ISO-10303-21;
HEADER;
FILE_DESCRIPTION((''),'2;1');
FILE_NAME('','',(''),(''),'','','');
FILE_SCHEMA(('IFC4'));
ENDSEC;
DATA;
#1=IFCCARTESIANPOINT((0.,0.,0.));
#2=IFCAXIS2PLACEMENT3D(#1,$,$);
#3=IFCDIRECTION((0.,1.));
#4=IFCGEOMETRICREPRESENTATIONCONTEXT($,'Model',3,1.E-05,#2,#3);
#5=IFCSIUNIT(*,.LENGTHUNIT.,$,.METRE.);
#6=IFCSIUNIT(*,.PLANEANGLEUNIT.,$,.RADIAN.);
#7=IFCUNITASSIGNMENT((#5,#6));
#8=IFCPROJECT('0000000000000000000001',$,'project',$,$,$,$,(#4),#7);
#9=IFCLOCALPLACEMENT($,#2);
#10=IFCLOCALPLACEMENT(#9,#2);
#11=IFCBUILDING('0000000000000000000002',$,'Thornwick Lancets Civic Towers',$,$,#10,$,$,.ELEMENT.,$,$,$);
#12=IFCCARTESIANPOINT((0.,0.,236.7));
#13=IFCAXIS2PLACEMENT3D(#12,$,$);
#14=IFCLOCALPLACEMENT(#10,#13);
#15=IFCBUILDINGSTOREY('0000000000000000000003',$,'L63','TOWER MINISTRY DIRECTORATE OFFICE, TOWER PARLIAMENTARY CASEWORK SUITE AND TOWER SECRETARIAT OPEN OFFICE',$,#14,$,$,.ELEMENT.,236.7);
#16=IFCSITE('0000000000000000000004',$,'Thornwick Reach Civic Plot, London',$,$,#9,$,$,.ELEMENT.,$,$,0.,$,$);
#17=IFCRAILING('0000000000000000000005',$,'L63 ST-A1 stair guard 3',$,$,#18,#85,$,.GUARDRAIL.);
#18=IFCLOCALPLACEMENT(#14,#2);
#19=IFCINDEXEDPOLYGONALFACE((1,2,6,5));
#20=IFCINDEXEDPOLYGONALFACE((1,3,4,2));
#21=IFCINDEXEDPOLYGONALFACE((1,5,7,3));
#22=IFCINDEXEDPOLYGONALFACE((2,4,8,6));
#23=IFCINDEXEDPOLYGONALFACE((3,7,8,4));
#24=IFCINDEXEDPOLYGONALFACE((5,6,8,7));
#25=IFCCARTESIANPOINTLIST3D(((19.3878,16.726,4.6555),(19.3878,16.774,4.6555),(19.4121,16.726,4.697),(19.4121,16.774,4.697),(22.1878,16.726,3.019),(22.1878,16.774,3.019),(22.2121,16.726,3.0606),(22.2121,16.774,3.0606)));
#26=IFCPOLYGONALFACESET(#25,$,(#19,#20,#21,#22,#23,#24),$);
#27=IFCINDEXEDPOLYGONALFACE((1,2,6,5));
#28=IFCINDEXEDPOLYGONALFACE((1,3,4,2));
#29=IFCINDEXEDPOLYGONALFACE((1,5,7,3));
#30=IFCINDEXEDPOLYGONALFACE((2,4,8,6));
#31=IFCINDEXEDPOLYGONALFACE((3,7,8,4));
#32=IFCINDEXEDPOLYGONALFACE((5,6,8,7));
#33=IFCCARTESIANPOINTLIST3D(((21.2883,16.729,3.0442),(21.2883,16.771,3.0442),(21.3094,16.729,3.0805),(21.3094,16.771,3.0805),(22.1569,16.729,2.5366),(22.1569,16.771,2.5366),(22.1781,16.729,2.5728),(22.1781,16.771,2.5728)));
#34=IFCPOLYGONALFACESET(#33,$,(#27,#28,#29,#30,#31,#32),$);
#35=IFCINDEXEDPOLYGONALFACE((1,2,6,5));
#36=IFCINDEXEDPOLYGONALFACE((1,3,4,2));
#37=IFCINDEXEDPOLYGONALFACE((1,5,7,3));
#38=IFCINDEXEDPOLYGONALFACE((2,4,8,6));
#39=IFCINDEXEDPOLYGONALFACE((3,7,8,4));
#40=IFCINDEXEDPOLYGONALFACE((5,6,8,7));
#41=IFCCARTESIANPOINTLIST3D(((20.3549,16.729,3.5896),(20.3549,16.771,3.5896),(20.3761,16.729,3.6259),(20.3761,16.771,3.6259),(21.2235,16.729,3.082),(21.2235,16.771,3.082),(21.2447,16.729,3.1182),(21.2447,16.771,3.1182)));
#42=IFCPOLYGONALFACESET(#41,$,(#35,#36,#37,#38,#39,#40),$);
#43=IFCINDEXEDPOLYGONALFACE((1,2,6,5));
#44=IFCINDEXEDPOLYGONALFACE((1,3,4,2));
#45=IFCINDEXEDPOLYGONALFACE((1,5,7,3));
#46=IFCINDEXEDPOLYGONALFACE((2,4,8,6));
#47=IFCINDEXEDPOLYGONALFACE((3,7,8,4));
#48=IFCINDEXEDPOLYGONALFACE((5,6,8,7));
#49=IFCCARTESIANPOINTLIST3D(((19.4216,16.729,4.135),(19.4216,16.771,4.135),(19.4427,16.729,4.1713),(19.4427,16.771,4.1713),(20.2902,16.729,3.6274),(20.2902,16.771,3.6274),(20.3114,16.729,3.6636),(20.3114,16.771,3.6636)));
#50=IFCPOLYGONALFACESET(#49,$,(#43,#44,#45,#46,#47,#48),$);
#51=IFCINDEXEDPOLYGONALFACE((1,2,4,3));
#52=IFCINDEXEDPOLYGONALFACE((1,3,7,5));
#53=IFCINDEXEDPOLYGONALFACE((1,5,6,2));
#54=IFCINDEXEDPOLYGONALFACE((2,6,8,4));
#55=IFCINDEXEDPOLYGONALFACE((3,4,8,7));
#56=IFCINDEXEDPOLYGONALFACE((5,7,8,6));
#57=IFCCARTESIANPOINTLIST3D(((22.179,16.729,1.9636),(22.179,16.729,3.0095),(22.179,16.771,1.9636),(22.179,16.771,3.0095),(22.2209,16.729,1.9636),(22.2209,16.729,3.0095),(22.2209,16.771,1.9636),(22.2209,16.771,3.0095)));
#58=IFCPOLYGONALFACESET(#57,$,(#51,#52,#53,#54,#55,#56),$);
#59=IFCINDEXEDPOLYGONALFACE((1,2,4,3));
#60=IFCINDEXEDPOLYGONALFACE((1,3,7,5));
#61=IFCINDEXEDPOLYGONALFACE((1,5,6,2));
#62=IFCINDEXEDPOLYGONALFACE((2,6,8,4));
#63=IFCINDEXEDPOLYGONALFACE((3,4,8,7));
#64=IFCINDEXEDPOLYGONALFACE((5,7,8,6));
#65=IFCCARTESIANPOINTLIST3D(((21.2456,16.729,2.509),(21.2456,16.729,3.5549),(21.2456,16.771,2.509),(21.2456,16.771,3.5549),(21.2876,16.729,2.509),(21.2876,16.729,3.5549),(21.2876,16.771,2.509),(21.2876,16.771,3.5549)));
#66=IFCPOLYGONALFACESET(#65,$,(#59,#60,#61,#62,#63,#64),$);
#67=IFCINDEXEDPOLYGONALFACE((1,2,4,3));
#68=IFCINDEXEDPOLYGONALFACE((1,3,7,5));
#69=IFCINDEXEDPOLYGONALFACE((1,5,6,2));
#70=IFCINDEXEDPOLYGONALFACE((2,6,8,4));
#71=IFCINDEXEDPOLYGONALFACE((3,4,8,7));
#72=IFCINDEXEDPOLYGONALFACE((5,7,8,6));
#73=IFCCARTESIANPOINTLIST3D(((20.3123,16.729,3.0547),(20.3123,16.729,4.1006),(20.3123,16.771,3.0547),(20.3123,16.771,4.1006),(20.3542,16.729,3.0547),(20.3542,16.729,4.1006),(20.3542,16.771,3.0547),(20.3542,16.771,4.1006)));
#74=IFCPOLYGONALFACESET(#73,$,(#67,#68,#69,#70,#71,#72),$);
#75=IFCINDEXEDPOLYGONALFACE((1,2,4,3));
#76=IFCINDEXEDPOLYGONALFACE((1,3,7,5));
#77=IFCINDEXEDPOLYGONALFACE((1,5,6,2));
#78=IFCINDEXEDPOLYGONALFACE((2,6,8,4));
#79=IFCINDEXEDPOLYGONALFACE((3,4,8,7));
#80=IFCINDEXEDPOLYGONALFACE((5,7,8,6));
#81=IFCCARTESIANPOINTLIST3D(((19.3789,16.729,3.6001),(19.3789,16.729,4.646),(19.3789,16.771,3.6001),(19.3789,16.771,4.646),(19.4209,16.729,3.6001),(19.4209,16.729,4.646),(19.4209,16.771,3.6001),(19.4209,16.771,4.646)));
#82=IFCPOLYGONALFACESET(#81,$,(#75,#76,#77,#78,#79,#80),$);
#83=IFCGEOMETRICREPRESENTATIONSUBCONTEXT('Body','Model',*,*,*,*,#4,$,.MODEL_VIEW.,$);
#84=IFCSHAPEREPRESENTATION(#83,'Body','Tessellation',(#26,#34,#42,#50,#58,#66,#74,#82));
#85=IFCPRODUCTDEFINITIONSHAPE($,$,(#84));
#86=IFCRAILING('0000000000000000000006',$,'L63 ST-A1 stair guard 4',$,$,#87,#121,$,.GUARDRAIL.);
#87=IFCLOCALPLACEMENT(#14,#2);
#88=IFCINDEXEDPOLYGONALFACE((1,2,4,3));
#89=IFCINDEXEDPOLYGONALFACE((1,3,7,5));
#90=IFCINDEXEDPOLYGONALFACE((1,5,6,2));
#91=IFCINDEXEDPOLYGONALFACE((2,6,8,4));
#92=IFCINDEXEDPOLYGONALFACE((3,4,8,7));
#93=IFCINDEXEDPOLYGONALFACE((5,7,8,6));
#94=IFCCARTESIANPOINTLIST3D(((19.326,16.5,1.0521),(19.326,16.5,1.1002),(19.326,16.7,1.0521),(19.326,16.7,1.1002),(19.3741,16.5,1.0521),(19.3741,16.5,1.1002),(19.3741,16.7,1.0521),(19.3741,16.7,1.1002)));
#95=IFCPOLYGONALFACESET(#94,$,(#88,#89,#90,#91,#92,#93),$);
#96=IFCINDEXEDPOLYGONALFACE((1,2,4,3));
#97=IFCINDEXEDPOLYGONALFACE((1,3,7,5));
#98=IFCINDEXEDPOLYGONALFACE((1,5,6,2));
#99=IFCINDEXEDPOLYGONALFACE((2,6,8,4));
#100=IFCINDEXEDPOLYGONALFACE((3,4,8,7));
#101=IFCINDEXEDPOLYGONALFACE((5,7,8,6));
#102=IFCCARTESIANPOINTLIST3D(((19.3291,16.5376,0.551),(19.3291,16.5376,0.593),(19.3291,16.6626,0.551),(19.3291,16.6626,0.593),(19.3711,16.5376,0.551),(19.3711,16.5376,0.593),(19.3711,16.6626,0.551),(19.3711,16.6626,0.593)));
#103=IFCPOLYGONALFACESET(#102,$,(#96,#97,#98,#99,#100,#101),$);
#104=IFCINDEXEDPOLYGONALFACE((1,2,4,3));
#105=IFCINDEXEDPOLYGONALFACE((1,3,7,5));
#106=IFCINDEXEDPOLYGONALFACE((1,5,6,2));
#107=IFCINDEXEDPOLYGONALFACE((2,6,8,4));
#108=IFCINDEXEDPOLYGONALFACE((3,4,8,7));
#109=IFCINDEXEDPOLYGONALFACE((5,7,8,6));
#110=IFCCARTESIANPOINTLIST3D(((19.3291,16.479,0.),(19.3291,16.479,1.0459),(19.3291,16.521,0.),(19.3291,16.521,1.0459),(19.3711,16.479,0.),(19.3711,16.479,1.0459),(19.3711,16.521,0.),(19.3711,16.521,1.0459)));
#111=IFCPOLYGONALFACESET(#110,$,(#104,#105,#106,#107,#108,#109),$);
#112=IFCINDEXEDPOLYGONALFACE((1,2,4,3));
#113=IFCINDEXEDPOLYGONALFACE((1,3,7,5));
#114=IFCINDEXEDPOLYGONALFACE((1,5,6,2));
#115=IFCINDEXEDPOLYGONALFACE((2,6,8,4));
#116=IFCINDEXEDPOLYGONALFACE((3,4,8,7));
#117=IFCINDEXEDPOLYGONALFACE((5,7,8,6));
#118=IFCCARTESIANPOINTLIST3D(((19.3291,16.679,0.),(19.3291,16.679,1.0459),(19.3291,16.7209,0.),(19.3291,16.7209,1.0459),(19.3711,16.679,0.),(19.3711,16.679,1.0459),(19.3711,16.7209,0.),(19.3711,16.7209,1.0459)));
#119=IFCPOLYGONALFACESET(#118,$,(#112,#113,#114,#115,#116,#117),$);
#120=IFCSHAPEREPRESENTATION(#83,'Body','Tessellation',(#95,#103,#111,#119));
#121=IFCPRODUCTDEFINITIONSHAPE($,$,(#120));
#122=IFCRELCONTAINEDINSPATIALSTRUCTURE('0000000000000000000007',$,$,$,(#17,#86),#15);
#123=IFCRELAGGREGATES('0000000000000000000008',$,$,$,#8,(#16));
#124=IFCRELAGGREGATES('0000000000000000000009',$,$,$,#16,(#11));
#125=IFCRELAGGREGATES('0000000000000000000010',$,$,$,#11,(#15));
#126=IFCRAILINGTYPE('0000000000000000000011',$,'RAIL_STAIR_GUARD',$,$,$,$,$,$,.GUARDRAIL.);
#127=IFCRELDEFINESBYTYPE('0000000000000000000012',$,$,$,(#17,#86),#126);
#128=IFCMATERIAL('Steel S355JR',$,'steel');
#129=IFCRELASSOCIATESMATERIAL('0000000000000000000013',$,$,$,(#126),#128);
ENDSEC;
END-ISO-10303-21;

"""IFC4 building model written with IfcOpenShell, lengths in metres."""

from ifc_helpers import new_model, si_unit, direction, frame, origin, origin_2d, place, context, subcontext, project, spatial, rectangle, extrude, material, type_object, element, save


model = new_model("IFC4")

# Units and contexts
model_context = context("Model", 3, precision=1e-05, world=origin(), true_north=direction((0.0, 1.0)))
body_context = subcontext(model_context, "Body", "Model", "MODEL_VIEW")
ifc_project = project(units=[si_unit("LENGTHUNIT", "METRE"), si_unit("PLANEANGLEUNIT", "RADIAN")], contexts=[model_context])

# Site, building, storey
site_placement = place(None, origin())
site = spatial("IfcSite", under=ifc_project, at=site_placement, Name="Thornwick Reach Civic Plot, London", CompositionType="ELEMENT", RefElevation=0.0)
building_placement = place(site_placement, origin())
building = spatial("IfcBuilding", under=site, at=building_placement, Name="Thornwick Lancets Civic Towers", CompositionType="ELEMENT")
storey_placement = place(building_placement, frame((0.0, 0.0, 236.7)))
storey = spatial("IfcBuildingStorey", under=building, at=storey_placement, Name="L63", Description="TOWER MINISTRY DIRECTORATE OFFICE, TOWER PARLIAMENTARY CASEWORK SUITE AND TOWER SECRETARIAT OPEN OFFICE", CompositionType="ELEMENT", Elevation=236.7)

# Railings
ifc_material_1 = material(Name="Steel S355JR", Category="steel")
railing_type_1 = type_object("IfcRailingType", Name="RAIL_STAIR_GUARD", PredefinedType="GUARDRAIL", material=ifc_material_1)
railing_1_placement = place(storey_placement, frame((22.2, 16.75, 1.9636)))
element("IfcRailing", 1, at=railing_1_placement, inside=storey, type_object=railing_type_1, Name="L63 ST-A1 stair guard 3", PredefinedType="GUARDRAIL", context=body_context, shape_type="SweptSolid", body=[
    extrude(rectangle(XDim=0.0481, YDim=0.0481, at=origin_2d()), frame((0.0, 0.0, 1.0762), z_axis=(-0.863361, 0.0, 0.504587), x_axis=(0.0, -1.0, 0.0)), (0.0, 0.0, 1.0), 3.2432),
    extrude(rectangle(XDim=0.042, YDim=0.042, at=origin_2d()), frame((-0.0325, 0.0, 0.5911), z_axis=(-0.863361, 0.0, 0.504587), x_axis=(0.0, -1.0, 0.0)), (0.0, 0.0, 1.0), 1.0061),
    extrude(rectangle(XDim=0.042, YDim=0.042, at=origin_2d()), frame((-0.9658, 0.0, 1.1365), z_axis=(-0.863361, 0.0, 0.504587), x_axis=(0.0, -1.0, 0.0)), (0.0, 0.0, 1.0), 1.0061),
    extrude(rectangle(XDim=0.042, YDim=0.042, at=origin_2d()), frame((-1.8992, 0.0, 1.6819), z_axis=(-0.863361, 0.0, 0.504587), x_axis=(0.0, -1.0, 0.0)), (0.0, 0.0, 1.0), 1.0061),
    extrude(rectangle(XDim=0.042, YDim=0.042, at=origin_2d()), origin(), (0.0, 0.0, 1.0), 1.0459),
    extrude(rectangle(XDim=0.042, YDim=0.042, at=origin_2d()), frame((-0.9333, 0.0, 0.5454)), (0.0, 0.0, 1.0), 1.0459),
    extrude(rectangle(XDim=0.042, YDim=0.042, at=origin_2d()), frame((-1.8667, 0.0, 1.0911)), (0.0, 0.0, 1.0), 1.0459),
    extrude(rectangle(XDim=0.042, YDim=0.042, at=origin_2d()), frame((-2.8, 0.0, 1.6365)), (0.0, 0.0, 1.0), 1.0459),
])
railing_2_placement = place(storey_placement, frame((19.3501, 16.5, 0.0)))
element("IfcRailing", 2, at=railing_2_placement, inside=storey, type_object=railing_type_1, Name="L63 ST-A1 stair guard 4", PredefinedType="GUARDRAIL", context=body_context, shape_type="SweptSolid", body=[
    extrude(rectangle(XDim=0.0481, YDim=0.0481, at=origin_2d()), frame((0.0, 0.0, 1.0762), z_axis=(0.0, 1.0, 0.0), x_axis=(-1.0, 0.0, 0.0)), (0.0, 0.0, 1.0), 0.2),
    extrude(rectangle(XDim=0.042, YDim=0.042, at=origin_2d()), frame((0.0, 0.0376, 0.572), z_axis=(0.0, 1.0, 0.0), x_axis=(-1.0, 0.0, 0.0)), (0.0, 0.0, 1.0), 0.125),
    extrude(rectangle(XDim=0.042, YDim=0.042, at=origin_2d()), origin(), (0.0, 0.0, 1.0), 1.0459),
    extrude(rectangle(XDim=0.042, YDim=0.042, at=origin_2d()), frame((0.0, 0.2, 0.0)), (0.0, 0.0, 1.0), 1.0459),
])

save(model, "model.ifc")
